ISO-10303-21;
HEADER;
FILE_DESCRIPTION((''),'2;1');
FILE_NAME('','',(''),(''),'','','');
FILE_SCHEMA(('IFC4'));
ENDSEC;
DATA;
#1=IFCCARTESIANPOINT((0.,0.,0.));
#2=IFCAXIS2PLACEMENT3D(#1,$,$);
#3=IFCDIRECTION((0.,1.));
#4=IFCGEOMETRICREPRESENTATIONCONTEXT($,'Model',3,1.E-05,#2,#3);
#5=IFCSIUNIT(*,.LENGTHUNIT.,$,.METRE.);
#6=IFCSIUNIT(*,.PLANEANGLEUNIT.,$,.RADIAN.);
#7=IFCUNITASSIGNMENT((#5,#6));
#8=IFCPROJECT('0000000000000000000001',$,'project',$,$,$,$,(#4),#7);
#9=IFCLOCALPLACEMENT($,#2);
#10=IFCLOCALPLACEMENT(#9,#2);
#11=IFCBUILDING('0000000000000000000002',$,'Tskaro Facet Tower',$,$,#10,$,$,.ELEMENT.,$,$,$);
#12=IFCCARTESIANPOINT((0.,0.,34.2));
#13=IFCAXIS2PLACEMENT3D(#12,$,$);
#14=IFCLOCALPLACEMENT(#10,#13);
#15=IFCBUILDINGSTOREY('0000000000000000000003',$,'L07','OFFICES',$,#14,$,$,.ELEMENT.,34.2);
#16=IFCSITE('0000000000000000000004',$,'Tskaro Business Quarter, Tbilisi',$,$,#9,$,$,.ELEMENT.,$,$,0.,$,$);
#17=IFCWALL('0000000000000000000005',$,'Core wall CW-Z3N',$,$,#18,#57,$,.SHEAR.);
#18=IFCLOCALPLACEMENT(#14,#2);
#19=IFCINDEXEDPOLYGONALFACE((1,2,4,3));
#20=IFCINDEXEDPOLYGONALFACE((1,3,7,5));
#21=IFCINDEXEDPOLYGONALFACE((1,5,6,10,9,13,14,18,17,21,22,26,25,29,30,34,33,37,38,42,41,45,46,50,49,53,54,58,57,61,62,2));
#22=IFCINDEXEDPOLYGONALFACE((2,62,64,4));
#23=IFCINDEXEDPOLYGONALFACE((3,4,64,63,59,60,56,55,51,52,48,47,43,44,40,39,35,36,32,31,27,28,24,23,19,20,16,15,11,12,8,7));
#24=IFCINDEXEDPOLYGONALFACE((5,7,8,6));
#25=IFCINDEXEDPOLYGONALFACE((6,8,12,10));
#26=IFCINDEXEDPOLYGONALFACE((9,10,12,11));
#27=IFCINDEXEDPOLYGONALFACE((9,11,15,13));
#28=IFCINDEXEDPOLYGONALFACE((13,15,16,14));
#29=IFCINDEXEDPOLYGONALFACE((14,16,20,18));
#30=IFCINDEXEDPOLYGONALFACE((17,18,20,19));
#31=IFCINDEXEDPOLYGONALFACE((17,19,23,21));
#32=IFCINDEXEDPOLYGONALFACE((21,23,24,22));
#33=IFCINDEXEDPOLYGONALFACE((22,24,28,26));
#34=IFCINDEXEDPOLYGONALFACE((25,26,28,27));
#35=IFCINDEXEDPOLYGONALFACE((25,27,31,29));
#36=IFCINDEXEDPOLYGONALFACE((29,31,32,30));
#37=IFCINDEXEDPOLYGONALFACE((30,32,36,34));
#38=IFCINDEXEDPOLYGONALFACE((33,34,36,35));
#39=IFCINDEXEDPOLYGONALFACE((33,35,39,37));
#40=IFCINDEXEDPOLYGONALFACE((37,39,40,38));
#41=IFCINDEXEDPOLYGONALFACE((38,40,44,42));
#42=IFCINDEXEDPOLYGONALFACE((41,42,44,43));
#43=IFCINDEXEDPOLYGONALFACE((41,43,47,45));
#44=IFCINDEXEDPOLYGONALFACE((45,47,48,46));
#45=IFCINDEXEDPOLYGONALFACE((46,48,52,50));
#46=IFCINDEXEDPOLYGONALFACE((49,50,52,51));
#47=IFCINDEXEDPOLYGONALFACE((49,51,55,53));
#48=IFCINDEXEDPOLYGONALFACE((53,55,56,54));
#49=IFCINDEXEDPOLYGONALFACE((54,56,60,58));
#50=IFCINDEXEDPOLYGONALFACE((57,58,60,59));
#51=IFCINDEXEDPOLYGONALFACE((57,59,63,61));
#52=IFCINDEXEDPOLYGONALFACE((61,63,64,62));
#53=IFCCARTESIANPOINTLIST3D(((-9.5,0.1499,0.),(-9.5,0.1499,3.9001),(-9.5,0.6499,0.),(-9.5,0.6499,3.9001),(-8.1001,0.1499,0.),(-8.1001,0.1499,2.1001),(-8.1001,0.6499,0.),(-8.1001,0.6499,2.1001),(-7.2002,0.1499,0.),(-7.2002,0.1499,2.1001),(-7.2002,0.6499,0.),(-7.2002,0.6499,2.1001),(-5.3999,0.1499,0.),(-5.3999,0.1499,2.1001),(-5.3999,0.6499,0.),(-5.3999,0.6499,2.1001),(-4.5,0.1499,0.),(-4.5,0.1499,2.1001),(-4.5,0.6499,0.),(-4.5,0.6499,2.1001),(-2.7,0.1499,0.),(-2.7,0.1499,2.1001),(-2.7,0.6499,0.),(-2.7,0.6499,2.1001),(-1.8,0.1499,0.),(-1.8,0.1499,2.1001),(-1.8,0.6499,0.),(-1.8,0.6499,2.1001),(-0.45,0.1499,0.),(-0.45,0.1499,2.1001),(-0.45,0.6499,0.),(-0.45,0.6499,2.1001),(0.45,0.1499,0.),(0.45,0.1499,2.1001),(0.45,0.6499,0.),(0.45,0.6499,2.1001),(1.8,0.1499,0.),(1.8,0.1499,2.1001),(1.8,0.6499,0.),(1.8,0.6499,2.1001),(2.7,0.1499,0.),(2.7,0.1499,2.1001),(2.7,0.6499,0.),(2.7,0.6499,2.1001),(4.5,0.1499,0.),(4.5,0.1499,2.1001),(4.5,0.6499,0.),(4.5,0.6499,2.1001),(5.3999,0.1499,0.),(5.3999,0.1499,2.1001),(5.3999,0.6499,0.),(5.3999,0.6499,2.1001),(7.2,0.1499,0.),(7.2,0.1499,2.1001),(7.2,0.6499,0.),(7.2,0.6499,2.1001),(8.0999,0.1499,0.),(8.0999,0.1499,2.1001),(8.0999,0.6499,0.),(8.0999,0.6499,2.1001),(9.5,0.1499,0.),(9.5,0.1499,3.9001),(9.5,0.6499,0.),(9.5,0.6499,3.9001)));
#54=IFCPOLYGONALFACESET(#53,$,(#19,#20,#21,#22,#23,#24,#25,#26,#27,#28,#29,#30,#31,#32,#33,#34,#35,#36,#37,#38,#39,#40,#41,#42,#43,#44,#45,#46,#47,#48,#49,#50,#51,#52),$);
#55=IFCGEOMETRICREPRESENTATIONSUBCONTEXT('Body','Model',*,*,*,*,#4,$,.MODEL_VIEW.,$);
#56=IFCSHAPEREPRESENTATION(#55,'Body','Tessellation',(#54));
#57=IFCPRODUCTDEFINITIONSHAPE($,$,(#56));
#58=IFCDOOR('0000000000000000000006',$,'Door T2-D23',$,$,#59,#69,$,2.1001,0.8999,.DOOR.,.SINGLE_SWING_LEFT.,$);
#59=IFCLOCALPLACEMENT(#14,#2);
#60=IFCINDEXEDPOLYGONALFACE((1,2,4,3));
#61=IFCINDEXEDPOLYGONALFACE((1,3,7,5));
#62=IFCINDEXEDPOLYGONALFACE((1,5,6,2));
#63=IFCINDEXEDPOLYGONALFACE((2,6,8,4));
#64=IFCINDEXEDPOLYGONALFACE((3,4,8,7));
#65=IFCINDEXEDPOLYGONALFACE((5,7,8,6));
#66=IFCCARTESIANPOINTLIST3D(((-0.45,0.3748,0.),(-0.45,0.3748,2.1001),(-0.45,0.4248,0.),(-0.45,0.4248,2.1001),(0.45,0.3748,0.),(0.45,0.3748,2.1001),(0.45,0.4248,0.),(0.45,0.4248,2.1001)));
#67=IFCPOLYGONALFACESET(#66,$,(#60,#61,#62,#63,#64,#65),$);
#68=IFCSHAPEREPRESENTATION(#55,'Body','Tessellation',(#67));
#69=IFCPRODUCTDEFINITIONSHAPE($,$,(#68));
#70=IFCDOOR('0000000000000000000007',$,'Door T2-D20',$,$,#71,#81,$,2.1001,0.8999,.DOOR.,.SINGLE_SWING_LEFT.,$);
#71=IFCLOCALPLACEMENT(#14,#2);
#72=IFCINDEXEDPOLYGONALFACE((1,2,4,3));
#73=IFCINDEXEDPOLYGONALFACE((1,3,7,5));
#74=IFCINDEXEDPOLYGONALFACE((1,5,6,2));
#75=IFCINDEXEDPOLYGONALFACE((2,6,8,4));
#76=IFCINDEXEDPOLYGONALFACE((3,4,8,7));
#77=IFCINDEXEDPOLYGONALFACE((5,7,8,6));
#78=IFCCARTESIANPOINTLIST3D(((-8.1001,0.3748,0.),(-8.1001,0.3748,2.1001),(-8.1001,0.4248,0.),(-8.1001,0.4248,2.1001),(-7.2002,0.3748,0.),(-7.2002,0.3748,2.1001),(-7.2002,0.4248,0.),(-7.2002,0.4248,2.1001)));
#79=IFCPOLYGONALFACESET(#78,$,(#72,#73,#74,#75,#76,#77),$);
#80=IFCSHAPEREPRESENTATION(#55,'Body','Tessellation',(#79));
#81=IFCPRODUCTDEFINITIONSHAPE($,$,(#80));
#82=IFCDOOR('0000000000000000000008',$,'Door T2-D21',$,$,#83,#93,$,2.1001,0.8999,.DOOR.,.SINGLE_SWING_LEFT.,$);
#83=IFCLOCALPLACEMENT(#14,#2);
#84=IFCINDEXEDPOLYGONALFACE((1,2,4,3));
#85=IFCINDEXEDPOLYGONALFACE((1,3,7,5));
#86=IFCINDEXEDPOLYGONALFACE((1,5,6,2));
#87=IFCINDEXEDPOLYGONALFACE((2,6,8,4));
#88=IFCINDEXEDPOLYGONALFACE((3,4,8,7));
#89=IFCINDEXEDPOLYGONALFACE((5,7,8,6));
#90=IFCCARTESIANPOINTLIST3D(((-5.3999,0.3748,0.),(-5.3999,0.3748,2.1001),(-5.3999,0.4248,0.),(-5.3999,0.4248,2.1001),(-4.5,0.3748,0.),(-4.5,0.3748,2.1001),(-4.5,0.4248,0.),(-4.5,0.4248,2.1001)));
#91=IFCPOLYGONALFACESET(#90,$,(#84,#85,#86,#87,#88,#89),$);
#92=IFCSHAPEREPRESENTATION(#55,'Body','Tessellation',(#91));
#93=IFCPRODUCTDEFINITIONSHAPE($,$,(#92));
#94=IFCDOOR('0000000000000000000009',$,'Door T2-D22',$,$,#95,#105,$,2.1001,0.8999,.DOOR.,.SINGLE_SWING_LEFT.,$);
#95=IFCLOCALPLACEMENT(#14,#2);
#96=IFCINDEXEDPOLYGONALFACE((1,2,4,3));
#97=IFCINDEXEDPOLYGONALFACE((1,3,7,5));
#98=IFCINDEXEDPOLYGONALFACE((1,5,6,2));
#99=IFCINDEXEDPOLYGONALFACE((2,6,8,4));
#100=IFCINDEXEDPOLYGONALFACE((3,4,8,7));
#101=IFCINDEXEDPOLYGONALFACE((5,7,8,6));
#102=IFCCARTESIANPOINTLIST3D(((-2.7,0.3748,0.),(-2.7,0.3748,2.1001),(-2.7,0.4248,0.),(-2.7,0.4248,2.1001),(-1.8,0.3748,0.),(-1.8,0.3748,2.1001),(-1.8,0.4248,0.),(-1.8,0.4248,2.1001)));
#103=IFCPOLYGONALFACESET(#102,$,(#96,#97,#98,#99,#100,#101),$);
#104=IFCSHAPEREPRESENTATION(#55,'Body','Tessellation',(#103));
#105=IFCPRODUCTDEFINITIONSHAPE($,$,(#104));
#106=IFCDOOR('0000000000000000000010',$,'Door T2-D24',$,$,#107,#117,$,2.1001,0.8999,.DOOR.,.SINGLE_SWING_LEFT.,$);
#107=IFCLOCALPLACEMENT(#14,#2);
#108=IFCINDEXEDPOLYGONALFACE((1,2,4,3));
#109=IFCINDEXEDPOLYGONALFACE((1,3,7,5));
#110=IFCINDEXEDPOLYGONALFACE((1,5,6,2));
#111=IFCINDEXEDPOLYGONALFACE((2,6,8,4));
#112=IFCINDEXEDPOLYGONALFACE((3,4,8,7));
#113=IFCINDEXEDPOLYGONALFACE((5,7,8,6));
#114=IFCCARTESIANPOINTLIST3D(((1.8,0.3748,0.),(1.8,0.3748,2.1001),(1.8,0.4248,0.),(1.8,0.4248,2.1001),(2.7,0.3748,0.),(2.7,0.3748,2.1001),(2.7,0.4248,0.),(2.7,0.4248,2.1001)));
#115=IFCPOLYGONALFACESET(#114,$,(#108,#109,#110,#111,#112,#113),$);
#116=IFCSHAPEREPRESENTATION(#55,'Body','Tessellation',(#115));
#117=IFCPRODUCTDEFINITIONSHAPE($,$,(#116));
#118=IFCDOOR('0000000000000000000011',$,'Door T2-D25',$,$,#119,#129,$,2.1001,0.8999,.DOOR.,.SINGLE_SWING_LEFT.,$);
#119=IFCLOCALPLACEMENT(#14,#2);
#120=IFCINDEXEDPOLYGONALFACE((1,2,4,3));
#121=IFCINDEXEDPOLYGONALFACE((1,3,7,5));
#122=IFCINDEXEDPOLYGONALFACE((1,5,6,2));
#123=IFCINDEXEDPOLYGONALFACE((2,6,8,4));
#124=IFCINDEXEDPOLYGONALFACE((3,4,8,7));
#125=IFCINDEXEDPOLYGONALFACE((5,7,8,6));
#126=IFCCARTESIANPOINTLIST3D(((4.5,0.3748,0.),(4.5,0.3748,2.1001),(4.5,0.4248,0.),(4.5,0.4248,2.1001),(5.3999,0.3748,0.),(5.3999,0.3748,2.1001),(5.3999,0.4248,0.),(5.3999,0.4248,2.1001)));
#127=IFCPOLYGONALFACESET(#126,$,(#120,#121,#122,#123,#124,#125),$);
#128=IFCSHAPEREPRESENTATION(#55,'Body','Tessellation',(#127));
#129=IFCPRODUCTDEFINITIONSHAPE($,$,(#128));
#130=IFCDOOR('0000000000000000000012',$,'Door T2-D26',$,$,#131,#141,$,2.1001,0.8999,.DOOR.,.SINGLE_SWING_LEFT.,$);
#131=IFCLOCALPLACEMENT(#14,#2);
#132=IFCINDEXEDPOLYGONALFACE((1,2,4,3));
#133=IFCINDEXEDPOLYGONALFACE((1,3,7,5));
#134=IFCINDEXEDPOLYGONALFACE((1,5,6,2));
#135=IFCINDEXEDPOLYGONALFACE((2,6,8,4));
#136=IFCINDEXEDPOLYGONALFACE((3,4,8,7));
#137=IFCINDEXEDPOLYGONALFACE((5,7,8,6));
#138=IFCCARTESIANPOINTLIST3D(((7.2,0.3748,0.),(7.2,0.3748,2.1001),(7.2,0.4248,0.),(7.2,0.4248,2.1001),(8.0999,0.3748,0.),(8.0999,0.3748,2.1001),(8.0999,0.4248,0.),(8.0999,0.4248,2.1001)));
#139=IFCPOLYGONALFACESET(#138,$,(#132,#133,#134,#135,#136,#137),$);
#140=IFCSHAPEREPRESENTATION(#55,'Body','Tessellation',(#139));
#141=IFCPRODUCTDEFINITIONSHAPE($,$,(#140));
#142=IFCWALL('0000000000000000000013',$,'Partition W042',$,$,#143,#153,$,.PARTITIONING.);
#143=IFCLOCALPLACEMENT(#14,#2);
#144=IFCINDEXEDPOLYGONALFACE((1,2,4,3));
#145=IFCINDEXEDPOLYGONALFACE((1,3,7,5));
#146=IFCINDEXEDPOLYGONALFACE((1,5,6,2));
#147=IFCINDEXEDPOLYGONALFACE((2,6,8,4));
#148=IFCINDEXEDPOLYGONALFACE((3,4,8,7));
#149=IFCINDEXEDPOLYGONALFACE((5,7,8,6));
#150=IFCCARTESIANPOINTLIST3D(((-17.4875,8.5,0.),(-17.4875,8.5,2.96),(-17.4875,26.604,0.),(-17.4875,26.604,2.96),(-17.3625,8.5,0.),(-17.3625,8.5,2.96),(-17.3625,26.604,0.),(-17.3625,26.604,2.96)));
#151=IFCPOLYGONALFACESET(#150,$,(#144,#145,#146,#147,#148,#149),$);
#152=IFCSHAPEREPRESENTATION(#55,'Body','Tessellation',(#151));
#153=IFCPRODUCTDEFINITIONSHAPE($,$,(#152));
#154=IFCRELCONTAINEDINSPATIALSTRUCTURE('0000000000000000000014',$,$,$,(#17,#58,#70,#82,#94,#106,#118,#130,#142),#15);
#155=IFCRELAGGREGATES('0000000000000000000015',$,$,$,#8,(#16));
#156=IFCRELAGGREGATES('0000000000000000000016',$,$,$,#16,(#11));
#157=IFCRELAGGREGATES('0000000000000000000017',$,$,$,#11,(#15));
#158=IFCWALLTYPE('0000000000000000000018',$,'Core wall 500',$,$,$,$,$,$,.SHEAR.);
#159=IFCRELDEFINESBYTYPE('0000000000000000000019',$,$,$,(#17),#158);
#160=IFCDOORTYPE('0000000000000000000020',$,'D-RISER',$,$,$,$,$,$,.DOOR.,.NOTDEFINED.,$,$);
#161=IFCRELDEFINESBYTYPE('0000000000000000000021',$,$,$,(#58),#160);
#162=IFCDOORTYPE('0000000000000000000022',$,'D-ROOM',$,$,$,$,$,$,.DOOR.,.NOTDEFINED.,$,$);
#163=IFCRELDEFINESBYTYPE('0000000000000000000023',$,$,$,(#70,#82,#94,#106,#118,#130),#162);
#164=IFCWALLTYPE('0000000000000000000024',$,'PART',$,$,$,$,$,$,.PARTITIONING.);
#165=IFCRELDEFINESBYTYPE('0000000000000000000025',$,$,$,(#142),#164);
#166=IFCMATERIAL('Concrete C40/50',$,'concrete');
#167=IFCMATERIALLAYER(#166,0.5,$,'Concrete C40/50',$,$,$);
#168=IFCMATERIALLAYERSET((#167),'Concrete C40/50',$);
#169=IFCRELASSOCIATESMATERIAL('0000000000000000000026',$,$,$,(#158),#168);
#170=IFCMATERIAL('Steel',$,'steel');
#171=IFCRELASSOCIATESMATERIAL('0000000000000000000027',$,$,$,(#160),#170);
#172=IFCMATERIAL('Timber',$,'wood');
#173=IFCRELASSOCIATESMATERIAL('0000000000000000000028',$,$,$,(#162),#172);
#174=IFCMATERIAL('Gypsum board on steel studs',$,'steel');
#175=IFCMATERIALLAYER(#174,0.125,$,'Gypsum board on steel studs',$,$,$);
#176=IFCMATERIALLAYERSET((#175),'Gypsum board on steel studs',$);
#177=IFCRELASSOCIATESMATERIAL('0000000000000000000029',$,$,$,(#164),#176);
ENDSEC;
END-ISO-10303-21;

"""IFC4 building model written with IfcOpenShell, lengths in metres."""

from ifc_helpers import new_model, si_unit, direction, frame, frame_2d, origin, place, context, subcontext, project, spatial, rectangle, extrude, material, layer, layer_set, type_object, element, fill, save


model = new_model("IFC4")

# Units and contexts
model_context = context("Model", 3, precision=1e-05, world=origin(), true_north=direction((0.0, 1.0)))
body_context = subcontext(model_context, "Body", "Model", "MODEL_VIEW")
ifc_project = project(units=[si_unit("LENGTHUNIT", "METRE"), si_unit("PLANEANGLEUNIT", "RADIAN")], contexts=[model_context])

# Site, building, storey
site_placement = place(None, origin())
site = spatial("IfcSite", under=ifc_project, at=site_placement, Name="Tskaro Business Quarter, Tbilisi", CompositionType="ELEMENT", RefElevation=0.0)
building_placement = place(site_placement, origin())
building = spatial("IfcBuilding", under=site, at=building_placement, Name="Tskaro Facet Tower", CompositionType="ELEMENT")
storey_placement = place(building_placement, frame((0.0, 0.0, 34.2)))
storey = spatial("IfcBuildingStorey", under=building, at=storey_placement, Name="L07", Description="OFFICES", CompositionType="ELEMENT", Elevation=34.2)

# Wall, openings, doors
ifc_material_1 = material(Name="Concrete C40/50", Category="concrete")
ifc_layer_1 = layer(ifc_material_1, 0.5, Name="Concrete C40/50")
ifc_layer_set_1 = layer_set([ifc_layer_1], Name="Concrete C40/50")
wall_type_1 = type_object("IfcWallType", Name="Core wall 500", PredefinedType="SHEAR", material=ifc_layer_set_1)
wall_1_placement = place(storey_placement, frame((-9.5, 0.3999, 0.0), z_axis=(0.0, 0.0, 1.0), x_axis=(1.0, 0.0, 0.0)))
wall_1 = element("IfcWall", 1, at=wall_1_placement, inside=storey, type_object=wall_type_1, Name="Core wall CW-Z3N", PredefinedType="SHEAR", context=body_context, shape_type="SweptSolid", body=[
    extrude(rectangle(XDim=19.0, YDim=0.5, at=frame_2d((9.5, 0.0))), origin(), (0.0, 0.0, 1.0), 3.9001),
])
opening_1_placement = place(wall_1_placement, frame((1.3999, 0.0, 0.0)))
opening_1 = element("IfcOpeningElement", 2, at=opening_1_placement, cuts=wall_1, PredefinedType="OPENING", context=body_context, shape_type="SweptSolid", body=[
    extrude(rectangle(XDim=0.8999, YDim=2.1001, at=frame_2d((0.45, 1.05))), frame((0.0, 0.26, 0.0), z_axis=(0.0, -1.0, 0.0), x_axis=(1.0, 0.0, 0.0)), (0.0, 0.0, 1.0), 0.52),
])
opening_2_placement = place(wall_1_placement, frame((4.1001, 0.0, 0.0)))
opening_2 = element("IfcOpeningElement", 3, at=opening_2_placement, cuts=wall_1, PredefinedType="OPENING", context=body_context, shape_type="SweptSolid", body=[
    extrude(rectangle(XDim=0.8999, YDim=2.1001, at=frame_2d((0.45, 1.05))), frame((0.0, 0.26, 0.0), z_axis=(0.0, -1.0, 0.0), x_axis=(1.0, 0.0, 0.0)), (0.0, 0.0, 1.0), 0.52),
])
opening_3_placement = place(wall_1_placement, frame((6.8, 0.0, 0.0)))
opening_3 = element("IfcOpeningElement", 4, at=opening_3_placement, cuts=wall_1, PredefinedType="OPENING", context=body_context, shape_type="SweptSolid", body=[
    extrude(rectangle(XDim=0.8999, YDim=2.1001, at=frame_2d((0.45, 1.05))), frame((0.0, 0.26, 0.0), z_axis=(0.0, -1.0, 0.0), x_axis=(1.0, 0.0, 0.0)), (0.0, 0.0, 1.0), 0.52),
])
opening_4_placement = place(wall_1_placement, frame((11.3, 0.0, 0.0)))
opening_4 = element("IfcOpeningElement", 5, at=opening_4_placement, cuts=wall_1, PredefinedType="OPENING", context=body_context, shape_type="SweptSolid", body=[
    extrude(rectangle(XDim=0.8999, YDim=2.1001, at=frame_2d((0.45, 1.05))), frame((0.0, 0.26, 0.0), z_axis=(0.0, -1.0, 0.0), x_axis=(1.0, 0.0, 0.0)), (0.0, 0.0, 1.0), 0.52),
])
opening_5_placement = place(wall_1_placement, frame((14.0, 0.0, 0.0)))
opening_5 = element("IfcOpeningElement", 6, at=opening_5_placement, cuts=wall_1, PredefinedType="OPENING", context=body_context, shape_type="SweptSolid", body=[
    extrude(rectangle(XDim=0.8999, YDim=2.1001, at=frame_2d((0.45, 1.05))), frame((0.0, 0.26, 0.0), z_axis=(0.0, -1.0, 0.0), x_axis=(1.0, 0.0, 0.0)), (0.0, 0.0, 1.0), 0.52),
])
opening_6_placement = place(wall_1_placement, frame((16.7, 0.0, 0.0)))
opening_6 = element("IfcOpeningElement", 7, at=opening_6_placement, cuts=wall_1, PredefinedType="OPENING", context=body_context, shape_type="SweptSolid", body=[
    extrude(rectangle(XDim=0.8999, YDim=2.1001, at=frame_2d((0.45, 1.05))), frame((0.0, 0.26, 0.0), z_axis=(0.0, -1.0, 0.0), x_axis=(1.0, 0.0, 0.0)), (0.0, 0.0, 1.0), 0.52),
])
opening_7_placement = place(wall_1_placement, frame((9.05, 0.0, 0.0)))
opening_7 = element("IfcOpeningElement", 8, at=opening_7_placement, cuts=wall_1, PredefinedType="OPENING", context=body_context, shape_type="SweptSolid", body=[
    extrude(rectangle(XDim=0.8999, YDim=2.1001, at=frame_2d((0.45, 1.05))), frame((0.0, 0.26, 0.0), z_axis=(0.0, -1.0, 0.0), x_axis=(1.0, 0.0, 0.0)), (0.0, 0.0, 1.0), 0.52),
])
ifc_material_2 = material(Name="Steel", Category="steel")
door_type_1 = type_object("IfcDoorType", Name="D-RISER", OperationType="NOTDEFINED", PredefinedType="DOOR", material=ifc_material_2)
door_1_placement = place(opening_7_placement, origin())
door_1 = element("IfcDoor", 9, at=door_1_placement, inside=storey, type_object=door_type_1, Name="Door T2-D23", OperationType="SINGLE_SWING_LEFT", OverallHeight=2.1001, OverallWidth=0.8999, PredefinedType="DOOR", context=body_context, shape_type="SweptSolid", body=[
    extrude(rectangle(XDim=0.8999, YDim=2.1001, at=frame_2d((0.45, 1.05))), frame((0.0, 0.0249, 0.0), z_axis=(0.0, -1.0, 0.0), x_axis=(1.0, 0.0, 0.0)), (0.0, 0.0, 1.0), 0.05),
])
fill(opening_7, door_1)
ifc_material_3 = material(Name="Timber", Category="wood")
door_type_2 = type_object("IfcDoorType", Name="D-ROOM", OperationType="NOTDEFINED", PredefinedType="DOOR", material=ifc_material_3)
door_2_placement = place(opening_1_placement, origin())
door_2 = element("IfcDoor", 10, at=door_2_placement, inside=storey, type_object=door_type_2, Name="Door T2-D20", OperationType="SINGLE_SWING_LEFT", OverallHeight=2.1001, OverallWidth=0.8999, PredefinedType="DOOR", context=body_context, shape_type="SweptSolid", body=[
    extrude(rectangle(XDim=0.8999, YDim=2.1001, at=frame_2d((0.45, 1.05))), frame((0.0, 0.0249, 0.0), z_axis=(0.0, -1.0, 0.0), x_axis=(1.0, 0.0, 0.0)), (0.0, 0.0, 1.0), 0.05),
])
fill(opening_1, door_2)
door_3_placement = place(opening_2_placement, origin())
door_3 = element("IfcDoor", 11, at=door_3_placement, inside=storey, type_object=door_type_2, Name="Door T2-D21", OperationType="SINGLE_SWING_LEFT", OverallHeight=2.1001, OverallWidth=0.8999, PredefinedType="DOOR", context=body_context, shape_type="SweptSolid", body=[
    extrude(rectangle(XDim=0.8999, YDim=2.1001, at=frame_2d((0.45, 1.05))), frame((0.0, 0.0249, 0.0), z_axis=(0.0, -1.0, 0.0), x_axis=(1.0, 0.0, 0.0)), (0.0, 0.0, 1.0), 0.05),
])
fill(opening_2, door_3)
door_4_placement = place(opening_3_placement, origin())
door_4 = element("IfcDoor", 12, at=door_4_placement, inside=storey, type_object=door_type_2, Name="Door T2-D22", OperationType="SINGLE_SWING_LEFT", OverallHeight=2.1001, OverallWidth=0.8999, PredefinedType="DOOR", context=body_context, shape_type="SweptSolid", body=[
    extrude(rectangle(XDim=0.8999, YDim=2.1001, at=frame_2d((0.45, 1.05))), frame((0.0, 0.0249, 0.0), z_axis=(0.0, -1.0, 0.0), x_axis=(1.0, 0.0, 0.0)), (0.0, 0.0, 1.0), 0.05),
])
fill(opening_3, door_4)
door_5_placement = place(opening_4_placement, origin())
door_5 = element("IfcDoor", 13, at=door_5_placement, inside=storey, type_object=door_type_2, Name="Door T2-D24", OperationType="SINGLE_SWING_LEFT", OverallHeight=2.1001, OverallWidth=0.8999, PredefinedType="DOOR", context=body_context, shape_type="SweptSolid", body=[
    extrude(rectangle(XDim=0.8999, YDim=2.1001, at=frame_2d((0.45, 1.05))), frame((0.0, 0.0249, 0.0), z_axis=(0.0, -1.0, 0.0), x_axis=(1.0, 0.0, 0.0)), (0.0, 0.0, 1.0), 0.05),
])
fill(opening_4, door_5)
door_6_placement = place(opening_5_placement, origin())
door_6 = element("IfcDoor", 14, at=door_6_placement, inside=storey, type_object=door_type_2, Name="Door T2-D25", OperationType="SINGLE_SWING_LEFT", OverallHeight=2.1001, OverallWidth=0.8999, PredefinedType="DOOR", context=body_context, shape_type="SweptSolid", body=[
    extrude(rectangle(XDim=0.8999, YDim=2.1001, at=frame_2d((0.45, 1.05))), frame((0.0, 0.0249, 0.0), z_axis=(0.0, -1.0, 0.0), x_axis=(1.0, 0.0, 0.0)), (0.0, 0.0, 1.0), 0.05),
])
fill(opening_5, door_6)
door_7_placement = place(opening_6_placement, origin())
door_7 = element("IfcDoor", 15, at=door_7_placement, inside=storey, type_object=door_type_2, Name="Door T2-D26", OperationType="SINGLE_SWING_LEFT", OverallHeight=2.1001, OverallWidth=0.8999, PredefinedType="DOOR", context=body_context, shape_type="SweptSolid", body=[
    extrude(rectangle(XDim=0.8999, YDim=2.1001, at=frame_2d((0.45, 1.05))), frame((0.0, 0.0249, 0.0), z_axis=(0.0, -1.0, 0.0), x_axis=(1.0, 0.0, 0.0)), (0.0, 0.0, 1.0), 0.05),
])
fill(opening_6, door_7)

# Wall
ifc_material_4 = material(Name="Gypsum board on steel studs", Category="steel")
ifc_layer_2 = layer(ifc_material_4, 0.125, Name="Gypsum board on steel studs")
ifc_layer_set_2 = layer_set([ifc_layer_2], Name="Gypsum board on steel studs")
wall_type_2 = type_object("IfcWallType", Name="PART", PredefinedType="PARTITIONING", material=ifc_layer_set_2)
wall_2_placement = place(storey_placement, frame((-17.425, 8.5, 0.0), z_axis=(0.0, 0.0, 1.0), x_axis=(0.0, 1.0, 0.0)))
element("IfcWall", 16, at=wall_2_placement, inside=storey, type_object=wall_type_2, Name="Partition W042", PredefinedType="PARTITIONING", context=body_context, shape_type="SweptSolid", body=[
    extrude(rectangle(XDim=18.104, YDim=0.125, at=frame_2d((9.052, 0.0))), origin(), (0.0, 0.0, 1.0), 2.96),
])

save(model, "model.ifc")
